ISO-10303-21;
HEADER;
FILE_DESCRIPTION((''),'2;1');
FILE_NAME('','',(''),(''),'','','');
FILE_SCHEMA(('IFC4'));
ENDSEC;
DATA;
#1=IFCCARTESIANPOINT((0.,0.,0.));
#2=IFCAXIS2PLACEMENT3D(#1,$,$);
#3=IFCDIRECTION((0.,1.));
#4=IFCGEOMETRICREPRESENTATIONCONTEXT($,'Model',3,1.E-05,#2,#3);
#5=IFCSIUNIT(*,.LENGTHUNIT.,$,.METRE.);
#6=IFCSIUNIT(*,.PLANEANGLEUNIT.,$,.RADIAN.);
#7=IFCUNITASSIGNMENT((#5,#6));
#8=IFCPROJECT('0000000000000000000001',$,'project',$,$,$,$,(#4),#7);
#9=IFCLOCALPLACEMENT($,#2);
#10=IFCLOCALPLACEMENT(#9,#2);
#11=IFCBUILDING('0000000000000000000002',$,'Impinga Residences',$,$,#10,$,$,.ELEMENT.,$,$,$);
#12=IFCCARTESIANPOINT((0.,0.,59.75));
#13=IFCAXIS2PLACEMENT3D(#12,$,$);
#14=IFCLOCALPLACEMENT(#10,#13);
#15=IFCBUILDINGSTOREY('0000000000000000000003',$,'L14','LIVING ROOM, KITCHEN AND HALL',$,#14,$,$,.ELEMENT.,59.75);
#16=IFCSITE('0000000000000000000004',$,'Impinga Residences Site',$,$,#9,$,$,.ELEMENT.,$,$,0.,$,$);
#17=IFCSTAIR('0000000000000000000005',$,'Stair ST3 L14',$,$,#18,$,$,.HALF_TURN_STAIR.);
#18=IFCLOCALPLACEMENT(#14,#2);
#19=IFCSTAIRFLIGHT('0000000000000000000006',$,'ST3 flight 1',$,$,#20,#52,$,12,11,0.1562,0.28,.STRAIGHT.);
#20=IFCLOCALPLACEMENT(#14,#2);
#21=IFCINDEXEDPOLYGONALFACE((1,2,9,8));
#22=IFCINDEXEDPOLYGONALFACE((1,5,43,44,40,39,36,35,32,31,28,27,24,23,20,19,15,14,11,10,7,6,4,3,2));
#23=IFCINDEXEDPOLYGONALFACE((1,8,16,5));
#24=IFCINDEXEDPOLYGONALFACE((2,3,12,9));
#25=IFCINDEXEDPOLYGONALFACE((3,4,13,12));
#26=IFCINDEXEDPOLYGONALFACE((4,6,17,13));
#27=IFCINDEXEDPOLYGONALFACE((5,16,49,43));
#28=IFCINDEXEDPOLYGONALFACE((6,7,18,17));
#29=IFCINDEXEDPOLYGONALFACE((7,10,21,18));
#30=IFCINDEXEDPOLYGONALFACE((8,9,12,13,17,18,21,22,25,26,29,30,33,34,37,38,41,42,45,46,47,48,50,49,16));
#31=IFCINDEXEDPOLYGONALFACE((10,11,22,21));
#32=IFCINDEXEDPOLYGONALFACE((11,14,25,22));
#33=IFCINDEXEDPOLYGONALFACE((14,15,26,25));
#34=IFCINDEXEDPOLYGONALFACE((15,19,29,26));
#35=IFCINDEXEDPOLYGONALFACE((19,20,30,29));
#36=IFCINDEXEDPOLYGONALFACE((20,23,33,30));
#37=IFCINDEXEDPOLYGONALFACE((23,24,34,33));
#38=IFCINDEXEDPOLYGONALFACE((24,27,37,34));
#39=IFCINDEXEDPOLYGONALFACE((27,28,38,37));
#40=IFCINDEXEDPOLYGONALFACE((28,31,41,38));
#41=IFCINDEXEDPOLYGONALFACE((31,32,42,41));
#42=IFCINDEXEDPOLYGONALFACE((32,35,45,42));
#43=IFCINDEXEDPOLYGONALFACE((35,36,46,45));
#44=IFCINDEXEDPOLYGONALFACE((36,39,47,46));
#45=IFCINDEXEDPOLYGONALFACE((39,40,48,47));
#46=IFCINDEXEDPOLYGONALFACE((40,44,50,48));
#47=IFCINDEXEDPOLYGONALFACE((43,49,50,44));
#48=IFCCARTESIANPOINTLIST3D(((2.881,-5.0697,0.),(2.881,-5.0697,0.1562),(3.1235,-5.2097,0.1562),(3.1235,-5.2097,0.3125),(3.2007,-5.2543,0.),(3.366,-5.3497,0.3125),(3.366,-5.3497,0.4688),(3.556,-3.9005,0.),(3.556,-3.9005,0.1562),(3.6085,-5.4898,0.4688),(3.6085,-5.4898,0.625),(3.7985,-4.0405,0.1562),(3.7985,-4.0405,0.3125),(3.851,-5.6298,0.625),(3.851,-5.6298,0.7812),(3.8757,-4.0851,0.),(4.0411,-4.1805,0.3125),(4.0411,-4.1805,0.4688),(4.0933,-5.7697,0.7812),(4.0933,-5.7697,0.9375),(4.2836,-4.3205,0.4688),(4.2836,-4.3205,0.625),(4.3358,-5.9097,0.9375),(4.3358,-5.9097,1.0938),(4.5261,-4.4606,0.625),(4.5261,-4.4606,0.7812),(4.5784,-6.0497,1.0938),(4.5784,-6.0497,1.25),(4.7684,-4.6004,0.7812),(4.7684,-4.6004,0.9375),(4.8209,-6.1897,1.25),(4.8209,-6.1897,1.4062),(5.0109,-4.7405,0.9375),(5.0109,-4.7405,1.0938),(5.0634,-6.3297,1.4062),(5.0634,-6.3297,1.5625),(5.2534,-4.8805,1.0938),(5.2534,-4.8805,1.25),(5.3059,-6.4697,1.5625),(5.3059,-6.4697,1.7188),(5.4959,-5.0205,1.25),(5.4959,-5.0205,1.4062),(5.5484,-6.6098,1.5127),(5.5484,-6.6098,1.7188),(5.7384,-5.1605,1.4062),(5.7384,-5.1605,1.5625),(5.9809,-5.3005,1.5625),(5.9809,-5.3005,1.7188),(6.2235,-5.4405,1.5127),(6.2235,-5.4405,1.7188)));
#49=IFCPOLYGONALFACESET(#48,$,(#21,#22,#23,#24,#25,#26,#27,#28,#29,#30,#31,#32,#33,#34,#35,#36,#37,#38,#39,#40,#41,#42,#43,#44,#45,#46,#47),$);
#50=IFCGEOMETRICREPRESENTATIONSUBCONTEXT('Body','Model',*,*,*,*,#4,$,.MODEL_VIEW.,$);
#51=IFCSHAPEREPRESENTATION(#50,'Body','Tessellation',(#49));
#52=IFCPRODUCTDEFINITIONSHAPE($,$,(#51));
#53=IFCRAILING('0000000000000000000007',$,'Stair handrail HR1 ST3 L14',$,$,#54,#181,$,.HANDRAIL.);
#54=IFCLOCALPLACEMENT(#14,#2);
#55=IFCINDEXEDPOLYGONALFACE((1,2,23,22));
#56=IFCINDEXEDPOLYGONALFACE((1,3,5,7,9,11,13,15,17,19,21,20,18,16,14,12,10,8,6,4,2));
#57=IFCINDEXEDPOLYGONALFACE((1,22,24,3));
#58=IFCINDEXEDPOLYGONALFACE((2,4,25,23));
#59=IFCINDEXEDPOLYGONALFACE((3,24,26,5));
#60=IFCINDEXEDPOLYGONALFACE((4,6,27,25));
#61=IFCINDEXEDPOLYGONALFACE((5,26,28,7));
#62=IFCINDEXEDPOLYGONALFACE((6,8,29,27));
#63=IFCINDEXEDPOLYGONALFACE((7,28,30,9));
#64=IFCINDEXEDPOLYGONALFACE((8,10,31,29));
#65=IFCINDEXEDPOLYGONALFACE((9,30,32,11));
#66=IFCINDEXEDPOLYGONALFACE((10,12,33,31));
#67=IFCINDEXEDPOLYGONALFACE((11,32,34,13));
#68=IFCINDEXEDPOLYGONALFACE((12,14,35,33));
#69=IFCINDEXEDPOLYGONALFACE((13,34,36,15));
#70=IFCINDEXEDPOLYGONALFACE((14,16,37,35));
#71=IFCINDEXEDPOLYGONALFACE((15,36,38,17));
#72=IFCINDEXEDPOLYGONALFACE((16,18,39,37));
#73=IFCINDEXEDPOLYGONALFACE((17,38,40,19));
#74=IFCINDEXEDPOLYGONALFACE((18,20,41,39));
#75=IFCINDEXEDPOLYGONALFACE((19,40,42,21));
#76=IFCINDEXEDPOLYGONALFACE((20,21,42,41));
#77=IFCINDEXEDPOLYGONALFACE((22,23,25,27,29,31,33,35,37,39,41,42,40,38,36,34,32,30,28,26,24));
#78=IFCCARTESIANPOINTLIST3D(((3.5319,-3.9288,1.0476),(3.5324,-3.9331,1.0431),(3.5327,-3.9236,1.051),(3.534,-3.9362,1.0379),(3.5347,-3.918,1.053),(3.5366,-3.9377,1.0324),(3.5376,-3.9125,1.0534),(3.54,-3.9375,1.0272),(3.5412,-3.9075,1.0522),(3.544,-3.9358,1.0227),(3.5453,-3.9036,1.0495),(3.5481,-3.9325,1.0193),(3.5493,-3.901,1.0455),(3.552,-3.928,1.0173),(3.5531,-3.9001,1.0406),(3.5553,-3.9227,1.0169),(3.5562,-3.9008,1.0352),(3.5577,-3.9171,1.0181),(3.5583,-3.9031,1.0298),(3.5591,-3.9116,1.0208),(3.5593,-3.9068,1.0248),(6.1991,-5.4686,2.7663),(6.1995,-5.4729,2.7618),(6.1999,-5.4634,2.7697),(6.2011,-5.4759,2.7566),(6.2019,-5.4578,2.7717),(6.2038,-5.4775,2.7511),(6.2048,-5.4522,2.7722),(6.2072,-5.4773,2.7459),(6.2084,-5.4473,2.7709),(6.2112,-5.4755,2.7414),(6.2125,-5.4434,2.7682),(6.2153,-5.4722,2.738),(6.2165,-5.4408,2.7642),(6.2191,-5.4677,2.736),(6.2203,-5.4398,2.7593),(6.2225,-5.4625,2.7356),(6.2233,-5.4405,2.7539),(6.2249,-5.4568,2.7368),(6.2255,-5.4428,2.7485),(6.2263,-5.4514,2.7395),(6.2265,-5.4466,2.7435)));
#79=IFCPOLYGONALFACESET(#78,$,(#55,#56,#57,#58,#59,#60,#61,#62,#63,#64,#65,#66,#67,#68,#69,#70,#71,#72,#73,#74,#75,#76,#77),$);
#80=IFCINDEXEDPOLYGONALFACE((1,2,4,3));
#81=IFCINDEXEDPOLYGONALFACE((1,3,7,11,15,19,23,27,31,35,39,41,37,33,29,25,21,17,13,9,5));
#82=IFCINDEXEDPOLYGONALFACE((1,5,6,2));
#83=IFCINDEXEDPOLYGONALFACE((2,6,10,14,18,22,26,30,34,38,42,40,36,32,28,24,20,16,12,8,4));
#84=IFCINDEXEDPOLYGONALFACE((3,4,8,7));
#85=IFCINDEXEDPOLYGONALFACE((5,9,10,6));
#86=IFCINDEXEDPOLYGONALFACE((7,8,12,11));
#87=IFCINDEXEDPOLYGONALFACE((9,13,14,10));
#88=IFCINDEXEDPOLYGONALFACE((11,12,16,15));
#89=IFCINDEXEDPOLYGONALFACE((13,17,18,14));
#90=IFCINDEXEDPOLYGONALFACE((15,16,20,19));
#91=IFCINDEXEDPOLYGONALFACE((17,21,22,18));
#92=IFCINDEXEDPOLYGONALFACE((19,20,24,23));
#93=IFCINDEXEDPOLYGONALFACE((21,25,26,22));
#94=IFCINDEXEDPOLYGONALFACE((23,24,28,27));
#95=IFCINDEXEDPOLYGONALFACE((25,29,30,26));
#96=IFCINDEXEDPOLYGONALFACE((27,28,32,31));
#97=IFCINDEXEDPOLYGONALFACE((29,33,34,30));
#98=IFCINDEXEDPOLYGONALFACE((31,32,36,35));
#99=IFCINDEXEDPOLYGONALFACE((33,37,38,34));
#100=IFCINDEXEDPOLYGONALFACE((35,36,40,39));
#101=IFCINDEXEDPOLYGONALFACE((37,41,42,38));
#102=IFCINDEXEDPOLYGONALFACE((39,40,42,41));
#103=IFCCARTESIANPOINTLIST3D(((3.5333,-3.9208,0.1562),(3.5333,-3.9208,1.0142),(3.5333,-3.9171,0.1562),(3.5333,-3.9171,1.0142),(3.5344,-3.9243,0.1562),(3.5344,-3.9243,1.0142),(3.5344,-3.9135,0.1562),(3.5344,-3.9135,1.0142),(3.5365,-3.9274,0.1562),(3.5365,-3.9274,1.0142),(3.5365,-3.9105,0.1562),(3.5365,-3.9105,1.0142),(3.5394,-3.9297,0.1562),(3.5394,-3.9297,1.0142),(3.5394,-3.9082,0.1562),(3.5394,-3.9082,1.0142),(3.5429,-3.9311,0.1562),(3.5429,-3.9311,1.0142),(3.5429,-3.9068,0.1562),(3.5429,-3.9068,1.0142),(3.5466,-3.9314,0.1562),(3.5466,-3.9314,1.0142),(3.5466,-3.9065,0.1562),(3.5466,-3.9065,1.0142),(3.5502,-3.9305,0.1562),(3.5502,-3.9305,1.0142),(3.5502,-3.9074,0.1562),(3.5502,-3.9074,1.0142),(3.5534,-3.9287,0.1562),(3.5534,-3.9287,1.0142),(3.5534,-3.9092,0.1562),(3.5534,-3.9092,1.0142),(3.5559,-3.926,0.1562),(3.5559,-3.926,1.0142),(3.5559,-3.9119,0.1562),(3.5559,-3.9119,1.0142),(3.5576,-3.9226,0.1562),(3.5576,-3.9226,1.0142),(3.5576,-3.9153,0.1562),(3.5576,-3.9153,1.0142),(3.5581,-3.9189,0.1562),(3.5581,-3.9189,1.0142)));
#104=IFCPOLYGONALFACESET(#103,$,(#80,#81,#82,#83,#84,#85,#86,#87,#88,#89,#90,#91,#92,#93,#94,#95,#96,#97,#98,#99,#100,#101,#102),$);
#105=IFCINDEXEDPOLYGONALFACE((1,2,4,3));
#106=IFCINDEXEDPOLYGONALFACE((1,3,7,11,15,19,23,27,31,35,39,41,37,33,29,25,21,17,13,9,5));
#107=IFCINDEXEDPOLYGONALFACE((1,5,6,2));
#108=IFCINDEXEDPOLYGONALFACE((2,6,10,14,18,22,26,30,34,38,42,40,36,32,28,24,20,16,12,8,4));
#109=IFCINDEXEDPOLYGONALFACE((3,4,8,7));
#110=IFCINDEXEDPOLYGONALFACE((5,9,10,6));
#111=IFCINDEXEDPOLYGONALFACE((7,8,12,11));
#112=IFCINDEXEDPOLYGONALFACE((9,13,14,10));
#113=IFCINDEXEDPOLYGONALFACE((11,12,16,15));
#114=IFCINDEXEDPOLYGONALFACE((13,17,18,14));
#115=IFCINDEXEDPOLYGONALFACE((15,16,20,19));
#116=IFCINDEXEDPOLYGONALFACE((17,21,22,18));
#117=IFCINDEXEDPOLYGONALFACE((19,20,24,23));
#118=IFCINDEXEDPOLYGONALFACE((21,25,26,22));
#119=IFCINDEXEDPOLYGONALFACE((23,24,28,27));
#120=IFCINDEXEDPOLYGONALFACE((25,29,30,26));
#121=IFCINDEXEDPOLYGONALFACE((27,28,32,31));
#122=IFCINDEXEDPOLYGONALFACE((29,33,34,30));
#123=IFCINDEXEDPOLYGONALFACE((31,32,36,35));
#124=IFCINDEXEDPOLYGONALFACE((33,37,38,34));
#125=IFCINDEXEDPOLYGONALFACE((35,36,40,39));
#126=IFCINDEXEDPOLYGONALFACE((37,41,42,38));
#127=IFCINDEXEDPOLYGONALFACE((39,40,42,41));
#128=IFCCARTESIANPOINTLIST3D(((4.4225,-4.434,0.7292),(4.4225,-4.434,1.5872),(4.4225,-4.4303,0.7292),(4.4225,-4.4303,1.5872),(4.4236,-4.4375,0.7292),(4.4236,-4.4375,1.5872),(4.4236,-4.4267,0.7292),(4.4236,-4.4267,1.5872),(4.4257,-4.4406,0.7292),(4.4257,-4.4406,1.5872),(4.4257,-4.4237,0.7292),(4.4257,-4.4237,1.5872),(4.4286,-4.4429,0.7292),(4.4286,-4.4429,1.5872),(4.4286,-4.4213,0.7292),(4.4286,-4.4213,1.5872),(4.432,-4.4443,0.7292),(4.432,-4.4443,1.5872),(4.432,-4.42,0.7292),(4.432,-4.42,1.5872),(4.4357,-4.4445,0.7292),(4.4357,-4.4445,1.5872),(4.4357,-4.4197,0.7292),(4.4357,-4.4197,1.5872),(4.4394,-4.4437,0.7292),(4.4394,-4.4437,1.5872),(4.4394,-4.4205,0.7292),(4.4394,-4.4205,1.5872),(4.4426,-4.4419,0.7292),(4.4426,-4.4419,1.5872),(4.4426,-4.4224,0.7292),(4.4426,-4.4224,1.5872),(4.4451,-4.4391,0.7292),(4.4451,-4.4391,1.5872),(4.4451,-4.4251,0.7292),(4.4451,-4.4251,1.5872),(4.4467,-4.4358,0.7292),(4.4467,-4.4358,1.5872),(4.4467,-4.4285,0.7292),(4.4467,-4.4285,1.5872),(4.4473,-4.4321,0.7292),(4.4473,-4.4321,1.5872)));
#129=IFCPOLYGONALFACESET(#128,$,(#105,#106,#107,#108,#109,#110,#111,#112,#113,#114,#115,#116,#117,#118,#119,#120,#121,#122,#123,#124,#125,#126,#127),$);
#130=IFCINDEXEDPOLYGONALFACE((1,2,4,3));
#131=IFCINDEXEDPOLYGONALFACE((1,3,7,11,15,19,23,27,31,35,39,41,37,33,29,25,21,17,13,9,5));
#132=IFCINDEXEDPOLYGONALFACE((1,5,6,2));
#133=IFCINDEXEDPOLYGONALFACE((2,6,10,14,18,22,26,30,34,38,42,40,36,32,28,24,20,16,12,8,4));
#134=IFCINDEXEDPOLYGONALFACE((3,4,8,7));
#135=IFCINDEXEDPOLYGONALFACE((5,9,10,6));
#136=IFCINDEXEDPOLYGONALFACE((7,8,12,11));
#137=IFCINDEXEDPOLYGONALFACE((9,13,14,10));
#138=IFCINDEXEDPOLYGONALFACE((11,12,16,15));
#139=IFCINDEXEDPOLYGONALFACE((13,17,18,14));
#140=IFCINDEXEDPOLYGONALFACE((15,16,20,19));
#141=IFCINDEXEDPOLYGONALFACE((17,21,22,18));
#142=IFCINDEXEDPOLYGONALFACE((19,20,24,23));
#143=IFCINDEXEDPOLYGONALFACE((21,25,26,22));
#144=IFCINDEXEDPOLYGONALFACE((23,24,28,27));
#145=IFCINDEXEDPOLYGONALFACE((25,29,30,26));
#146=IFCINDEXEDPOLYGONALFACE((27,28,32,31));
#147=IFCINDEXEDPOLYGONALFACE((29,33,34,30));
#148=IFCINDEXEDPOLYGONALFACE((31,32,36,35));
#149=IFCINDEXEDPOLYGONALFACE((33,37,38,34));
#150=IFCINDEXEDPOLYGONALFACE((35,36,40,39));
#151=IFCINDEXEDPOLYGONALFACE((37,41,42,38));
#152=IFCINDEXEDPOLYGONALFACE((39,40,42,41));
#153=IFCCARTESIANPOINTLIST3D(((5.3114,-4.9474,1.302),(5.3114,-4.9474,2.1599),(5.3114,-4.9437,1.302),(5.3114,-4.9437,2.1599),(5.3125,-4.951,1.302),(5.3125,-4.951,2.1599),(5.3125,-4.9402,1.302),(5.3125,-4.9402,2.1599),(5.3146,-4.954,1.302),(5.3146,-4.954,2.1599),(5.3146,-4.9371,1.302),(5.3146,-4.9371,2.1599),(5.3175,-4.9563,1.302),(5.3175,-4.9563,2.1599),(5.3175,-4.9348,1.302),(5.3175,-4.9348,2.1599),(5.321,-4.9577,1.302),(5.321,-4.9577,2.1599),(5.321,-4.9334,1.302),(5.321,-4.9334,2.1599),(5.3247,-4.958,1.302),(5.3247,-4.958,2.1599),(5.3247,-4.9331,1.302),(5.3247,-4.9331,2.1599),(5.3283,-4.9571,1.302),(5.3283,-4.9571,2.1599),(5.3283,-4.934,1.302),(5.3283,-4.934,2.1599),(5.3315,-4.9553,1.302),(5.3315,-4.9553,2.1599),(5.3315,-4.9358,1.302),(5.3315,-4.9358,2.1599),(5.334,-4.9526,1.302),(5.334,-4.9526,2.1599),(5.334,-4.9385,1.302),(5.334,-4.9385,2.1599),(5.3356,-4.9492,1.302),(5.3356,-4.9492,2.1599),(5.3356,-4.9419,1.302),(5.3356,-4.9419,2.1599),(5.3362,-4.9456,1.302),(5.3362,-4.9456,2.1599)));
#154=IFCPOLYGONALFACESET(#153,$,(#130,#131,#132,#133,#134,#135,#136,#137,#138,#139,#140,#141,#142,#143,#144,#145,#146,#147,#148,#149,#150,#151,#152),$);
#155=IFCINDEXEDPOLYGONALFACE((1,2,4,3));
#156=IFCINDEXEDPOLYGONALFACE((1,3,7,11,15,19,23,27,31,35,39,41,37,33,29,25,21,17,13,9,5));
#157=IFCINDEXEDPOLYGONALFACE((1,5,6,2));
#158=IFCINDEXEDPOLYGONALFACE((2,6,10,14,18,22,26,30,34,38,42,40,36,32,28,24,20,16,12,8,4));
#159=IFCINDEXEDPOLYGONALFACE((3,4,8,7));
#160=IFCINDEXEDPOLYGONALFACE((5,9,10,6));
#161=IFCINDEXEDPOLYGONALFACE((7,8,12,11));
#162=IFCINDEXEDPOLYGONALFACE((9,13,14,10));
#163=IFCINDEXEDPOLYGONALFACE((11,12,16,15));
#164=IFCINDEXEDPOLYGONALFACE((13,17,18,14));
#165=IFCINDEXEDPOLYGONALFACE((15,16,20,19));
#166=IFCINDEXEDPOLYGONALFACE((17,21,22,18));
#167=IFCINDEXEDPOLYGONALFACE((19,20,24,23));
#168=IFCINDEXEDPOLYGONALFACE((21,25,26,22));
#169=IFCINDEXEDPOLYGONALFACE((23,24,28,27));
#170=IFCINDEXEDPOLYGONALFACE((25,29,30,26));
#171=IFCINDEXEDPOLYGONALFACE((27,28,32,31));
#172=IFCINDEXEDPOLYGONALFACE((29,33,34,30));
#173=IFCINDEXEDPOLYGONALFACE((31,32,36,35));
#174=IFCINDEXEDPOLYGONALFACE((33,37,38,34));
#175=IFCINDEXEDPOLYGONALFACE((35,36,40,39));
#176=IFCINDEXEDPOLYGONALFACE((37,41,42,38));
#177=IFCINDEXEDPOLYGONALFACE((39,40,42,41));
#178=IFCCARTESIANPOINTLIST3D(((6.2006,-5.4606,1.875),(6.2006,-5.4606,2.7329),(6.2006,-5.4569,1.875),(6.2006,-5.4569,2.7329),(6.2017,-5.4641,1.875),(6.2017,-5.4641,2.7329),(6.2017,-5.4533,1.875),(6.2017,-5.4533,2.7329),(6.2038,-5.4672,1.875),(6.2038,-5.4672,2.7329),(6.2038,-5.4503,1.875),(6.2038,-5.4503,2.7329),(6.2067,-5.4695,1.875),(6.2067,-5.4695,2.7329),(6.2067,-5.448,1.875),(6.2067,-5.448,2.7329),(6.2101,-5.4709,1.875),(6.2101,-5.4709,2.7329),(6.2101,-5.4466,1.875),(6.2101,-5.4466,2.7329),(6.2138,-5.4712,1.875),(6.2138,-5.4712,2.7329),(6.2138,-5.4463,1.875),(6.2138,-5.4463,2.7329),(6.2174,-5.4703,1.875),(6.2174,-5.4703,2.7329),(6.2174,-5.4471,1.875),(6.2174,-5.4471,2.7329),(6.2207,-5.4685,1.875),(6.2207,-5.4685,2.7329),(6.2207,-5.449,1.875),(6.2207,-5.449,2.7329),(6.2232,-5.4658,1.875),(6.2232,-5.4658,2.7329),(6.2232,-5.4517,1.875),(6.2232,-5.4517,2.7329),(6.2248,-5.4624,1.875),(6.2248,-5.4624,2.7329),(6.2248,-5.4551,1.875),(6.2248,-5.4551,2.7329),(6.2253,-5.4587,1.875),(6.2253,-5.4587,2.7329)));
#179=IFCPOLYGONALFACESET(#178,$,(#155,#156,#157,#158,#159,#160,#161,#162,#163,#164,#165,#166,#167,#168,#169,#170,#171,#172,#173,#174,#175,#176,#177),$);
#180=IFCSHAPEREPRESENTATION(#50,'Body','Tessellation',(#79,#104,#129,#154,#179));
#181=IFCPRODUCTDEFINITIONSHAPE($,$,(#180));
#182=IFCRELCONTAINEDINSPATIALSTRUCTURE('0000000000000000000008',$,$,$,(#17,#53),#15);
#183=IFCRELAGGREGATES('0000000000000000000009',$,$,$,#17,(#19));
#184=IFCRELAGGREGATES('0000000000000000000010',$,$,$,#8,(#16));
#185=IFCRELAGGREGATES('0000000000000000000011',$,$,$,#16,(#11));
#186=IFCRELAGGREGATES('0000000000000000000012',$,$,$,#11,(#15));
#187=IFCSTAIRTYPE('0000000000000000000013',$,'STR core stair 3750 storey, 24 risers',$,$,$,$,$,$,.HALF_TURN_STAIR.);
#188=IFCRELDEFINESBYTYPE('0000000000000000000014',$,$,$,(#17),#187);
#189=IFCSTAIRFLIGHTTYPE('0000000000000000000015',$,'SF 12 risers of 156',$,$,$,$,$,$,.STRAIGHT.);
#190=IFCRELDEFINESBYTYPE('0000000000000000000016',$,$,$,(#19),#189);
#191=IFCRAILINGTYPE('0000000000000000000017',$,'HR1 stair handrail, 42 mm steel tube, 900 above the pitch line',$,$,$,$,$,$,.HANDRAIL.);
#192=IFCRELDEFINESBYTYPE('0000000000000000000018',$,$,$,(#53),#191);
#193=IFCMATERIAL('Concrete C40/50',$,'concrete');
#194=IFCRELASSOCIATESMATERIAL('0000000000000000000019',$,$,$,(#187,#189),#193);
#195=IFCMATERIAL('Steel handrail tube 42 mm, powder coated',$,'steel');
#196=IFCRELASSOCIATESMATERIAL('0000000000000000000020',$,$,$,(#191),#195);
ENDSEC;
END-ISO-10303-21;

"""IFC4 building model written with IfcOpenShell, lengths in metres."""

from ifc_helpers import new_model, si_unit, direction, frame, origin, origin_2d, place, context, subcontext, project, spatial, polyline, circle, outline, extrude, material, type_object, element, aggregate, save


model = new_model("IFC4")

# Units and contexts
model_context = context("Model", 3, precision=1e-05, world=origin(), true_north=direction((0.0, 1.0)))
body_context = subcontext(model_context, "Body", "Model", "MODEL_VIEW")
ifc_project = project(units=[si_unit("LENGTHUNIT", "METRE"), si_unit("PLANEANGLEUNIT", "RADIAN")], contexts=[model_context])

# Site, building, storey
site_placement = place(None, origin())
site = spatial("IfcSite", under=ifc_project, at=site_placement, Name="Impinga Residences Site", CompositionType="ELEMENT", RefElevation=0.0)
building_placement = place(site_placement, origin())
building = spatial("IfcBuilding", under=site, at=building_placement, Name="Impinga Residences", CompositionType="ELEMENT")
storey_placement = place(building_placement, frame((0.0, 0.0, 59.75)))
storey = spatial("IfcBuildingStorey", under=building, at=storey_placement, Name="L14", Description="LIVING ROOM, KITCHEN AND HALL", CompositionType="ELEMENT", Elevation=59.75)

# Stair
ifc_material_1 = material(Name="Concrete C40/50", Category="concrete")
stair_type_1 = type_object("IfcStairType", Name="STR core stair 3750 storey, 24 risers", PredefinedType="HALF_TURN_STAIR", material=ifc_material_1)
stair_1_placement = place(storey_placement, origin())
stair_1 = element("IfcStair", 1, at=stair_1_placement, inside=storey, type_object=stair_type_1, Name="Stair ST3 L14", PredefinedType="HALF_TURN_STAIR")

# Stair flight
stair_flight_type = type_object("IfcStairFlightType", Name="SF 12 risers of 156", PredefinedType="STRAIGHT", material=ifc_material_1)
stair_flight_placement = place(storey_placement, frame((3.2185, -4.4851, 0.0), z_axis=(0.0, 0.0, 1.0), x_axis=(0.866025, -0.5, 0.0)))
stair_flight = element("IfcStairFlight", 2, at=stair_flight_placement, type_object=stair_flight_type, Name="ST3 flight 1", NumberOfRisers=12, NumberOfTreads=11, PredefinedType="STRAIGHT", RiserHeight=0.1562, TreadLength=0.28, context=body_context, shape_type="SweptSolid", body=[
    extrude(outline(polyline([(0.0, 0.0), (0.0, 0.1562), (0.28, 0.1562), (0.28, 0.3125), (0.5601, 0.3125), (0.5601, 0.4688), (0.8401, 0.4688), (0.8401, 0.625), (1.1201, 0.625), (1.1201, 0.7812), (1.3999, 0.7812), (1.3999, 0.9375), (1.6799, 0.9375), (1.6799, 1.0938), (1.96, 1.0938), (1.96, 1.25), (2.24, 1.25), (2.24, 1.4062), (2.52, 1.4062), (2.52, 1.5625), (2.8, 1.5625), (2.8, 1.7188), (3.0801, 1.7188), (3.0801, 1.875), (3.0801, 1.5127), (0.3691, 0.0), (0.0, 0.0)])), frame((0.0, 0.675, 0.0), z_axis=(0.0, -1.0, 0.0), x_axis=(1.0, 0.0, 0.0)), (0.0, 0.0, 1.0), 1.3501),
])
aggregate(stair_1, [stair_flight])

# Railing
ifc_material_2 = material(Name="Steel handrail tube 42 mm, powder coated", Category="steel")
railing_type = type_object("IfcRailingType", Name="HR1 stair handrail, 42 mm steel tube, 900 above the pitch line", PredefinedType="HANDRAIL", material=ifc_material_2)
railing_placement = place(storey_placement, frame((3.5457, -3.9189, 0.1562)))
element("IfcRailing", 3, at=railing_placement, inside=storey, type_object=railing_type, Name="Stair handrail HR1 ST3 L14", PredefinedType="HANDRAIL", context=body_context, shape_type="SweptSolid", body=[
    extrude(circle(Radius=0.021, at=origin_2d()), frame((0.0, 0.0, 0.8789), z_axis=(0.756249, -0.436582, 0.487322), x_axis=(0.499967, 0.866044, 0.0)), (0.0, 0.0, 1.0), 3.5269),
    extrude(circle(Radius=0.0125, at=origin_2d()), origin(), (0.0, 0.0, 1.0), 0.8579),
    extrude(circle(Radius=0.0125, at=origin_2d()), frame((0.8892, -0.5132, 0.573)), (0.0, 0.0, 1.0), 0.8579),
    extrude(circle(Radius=0.0125, at=origin_2d()), frame((1.7781, -1.0266, 1.1458)), (0.0, 0.0, 1.0), 0.8579),
    extrude(circle(Radius=0.0125, at=origin_2d()), frame((2.6672, -1.5398, 1.7188)), (0.0, 0.0, 1.0), 0.8579),
])

save(model, "model.ifc")
